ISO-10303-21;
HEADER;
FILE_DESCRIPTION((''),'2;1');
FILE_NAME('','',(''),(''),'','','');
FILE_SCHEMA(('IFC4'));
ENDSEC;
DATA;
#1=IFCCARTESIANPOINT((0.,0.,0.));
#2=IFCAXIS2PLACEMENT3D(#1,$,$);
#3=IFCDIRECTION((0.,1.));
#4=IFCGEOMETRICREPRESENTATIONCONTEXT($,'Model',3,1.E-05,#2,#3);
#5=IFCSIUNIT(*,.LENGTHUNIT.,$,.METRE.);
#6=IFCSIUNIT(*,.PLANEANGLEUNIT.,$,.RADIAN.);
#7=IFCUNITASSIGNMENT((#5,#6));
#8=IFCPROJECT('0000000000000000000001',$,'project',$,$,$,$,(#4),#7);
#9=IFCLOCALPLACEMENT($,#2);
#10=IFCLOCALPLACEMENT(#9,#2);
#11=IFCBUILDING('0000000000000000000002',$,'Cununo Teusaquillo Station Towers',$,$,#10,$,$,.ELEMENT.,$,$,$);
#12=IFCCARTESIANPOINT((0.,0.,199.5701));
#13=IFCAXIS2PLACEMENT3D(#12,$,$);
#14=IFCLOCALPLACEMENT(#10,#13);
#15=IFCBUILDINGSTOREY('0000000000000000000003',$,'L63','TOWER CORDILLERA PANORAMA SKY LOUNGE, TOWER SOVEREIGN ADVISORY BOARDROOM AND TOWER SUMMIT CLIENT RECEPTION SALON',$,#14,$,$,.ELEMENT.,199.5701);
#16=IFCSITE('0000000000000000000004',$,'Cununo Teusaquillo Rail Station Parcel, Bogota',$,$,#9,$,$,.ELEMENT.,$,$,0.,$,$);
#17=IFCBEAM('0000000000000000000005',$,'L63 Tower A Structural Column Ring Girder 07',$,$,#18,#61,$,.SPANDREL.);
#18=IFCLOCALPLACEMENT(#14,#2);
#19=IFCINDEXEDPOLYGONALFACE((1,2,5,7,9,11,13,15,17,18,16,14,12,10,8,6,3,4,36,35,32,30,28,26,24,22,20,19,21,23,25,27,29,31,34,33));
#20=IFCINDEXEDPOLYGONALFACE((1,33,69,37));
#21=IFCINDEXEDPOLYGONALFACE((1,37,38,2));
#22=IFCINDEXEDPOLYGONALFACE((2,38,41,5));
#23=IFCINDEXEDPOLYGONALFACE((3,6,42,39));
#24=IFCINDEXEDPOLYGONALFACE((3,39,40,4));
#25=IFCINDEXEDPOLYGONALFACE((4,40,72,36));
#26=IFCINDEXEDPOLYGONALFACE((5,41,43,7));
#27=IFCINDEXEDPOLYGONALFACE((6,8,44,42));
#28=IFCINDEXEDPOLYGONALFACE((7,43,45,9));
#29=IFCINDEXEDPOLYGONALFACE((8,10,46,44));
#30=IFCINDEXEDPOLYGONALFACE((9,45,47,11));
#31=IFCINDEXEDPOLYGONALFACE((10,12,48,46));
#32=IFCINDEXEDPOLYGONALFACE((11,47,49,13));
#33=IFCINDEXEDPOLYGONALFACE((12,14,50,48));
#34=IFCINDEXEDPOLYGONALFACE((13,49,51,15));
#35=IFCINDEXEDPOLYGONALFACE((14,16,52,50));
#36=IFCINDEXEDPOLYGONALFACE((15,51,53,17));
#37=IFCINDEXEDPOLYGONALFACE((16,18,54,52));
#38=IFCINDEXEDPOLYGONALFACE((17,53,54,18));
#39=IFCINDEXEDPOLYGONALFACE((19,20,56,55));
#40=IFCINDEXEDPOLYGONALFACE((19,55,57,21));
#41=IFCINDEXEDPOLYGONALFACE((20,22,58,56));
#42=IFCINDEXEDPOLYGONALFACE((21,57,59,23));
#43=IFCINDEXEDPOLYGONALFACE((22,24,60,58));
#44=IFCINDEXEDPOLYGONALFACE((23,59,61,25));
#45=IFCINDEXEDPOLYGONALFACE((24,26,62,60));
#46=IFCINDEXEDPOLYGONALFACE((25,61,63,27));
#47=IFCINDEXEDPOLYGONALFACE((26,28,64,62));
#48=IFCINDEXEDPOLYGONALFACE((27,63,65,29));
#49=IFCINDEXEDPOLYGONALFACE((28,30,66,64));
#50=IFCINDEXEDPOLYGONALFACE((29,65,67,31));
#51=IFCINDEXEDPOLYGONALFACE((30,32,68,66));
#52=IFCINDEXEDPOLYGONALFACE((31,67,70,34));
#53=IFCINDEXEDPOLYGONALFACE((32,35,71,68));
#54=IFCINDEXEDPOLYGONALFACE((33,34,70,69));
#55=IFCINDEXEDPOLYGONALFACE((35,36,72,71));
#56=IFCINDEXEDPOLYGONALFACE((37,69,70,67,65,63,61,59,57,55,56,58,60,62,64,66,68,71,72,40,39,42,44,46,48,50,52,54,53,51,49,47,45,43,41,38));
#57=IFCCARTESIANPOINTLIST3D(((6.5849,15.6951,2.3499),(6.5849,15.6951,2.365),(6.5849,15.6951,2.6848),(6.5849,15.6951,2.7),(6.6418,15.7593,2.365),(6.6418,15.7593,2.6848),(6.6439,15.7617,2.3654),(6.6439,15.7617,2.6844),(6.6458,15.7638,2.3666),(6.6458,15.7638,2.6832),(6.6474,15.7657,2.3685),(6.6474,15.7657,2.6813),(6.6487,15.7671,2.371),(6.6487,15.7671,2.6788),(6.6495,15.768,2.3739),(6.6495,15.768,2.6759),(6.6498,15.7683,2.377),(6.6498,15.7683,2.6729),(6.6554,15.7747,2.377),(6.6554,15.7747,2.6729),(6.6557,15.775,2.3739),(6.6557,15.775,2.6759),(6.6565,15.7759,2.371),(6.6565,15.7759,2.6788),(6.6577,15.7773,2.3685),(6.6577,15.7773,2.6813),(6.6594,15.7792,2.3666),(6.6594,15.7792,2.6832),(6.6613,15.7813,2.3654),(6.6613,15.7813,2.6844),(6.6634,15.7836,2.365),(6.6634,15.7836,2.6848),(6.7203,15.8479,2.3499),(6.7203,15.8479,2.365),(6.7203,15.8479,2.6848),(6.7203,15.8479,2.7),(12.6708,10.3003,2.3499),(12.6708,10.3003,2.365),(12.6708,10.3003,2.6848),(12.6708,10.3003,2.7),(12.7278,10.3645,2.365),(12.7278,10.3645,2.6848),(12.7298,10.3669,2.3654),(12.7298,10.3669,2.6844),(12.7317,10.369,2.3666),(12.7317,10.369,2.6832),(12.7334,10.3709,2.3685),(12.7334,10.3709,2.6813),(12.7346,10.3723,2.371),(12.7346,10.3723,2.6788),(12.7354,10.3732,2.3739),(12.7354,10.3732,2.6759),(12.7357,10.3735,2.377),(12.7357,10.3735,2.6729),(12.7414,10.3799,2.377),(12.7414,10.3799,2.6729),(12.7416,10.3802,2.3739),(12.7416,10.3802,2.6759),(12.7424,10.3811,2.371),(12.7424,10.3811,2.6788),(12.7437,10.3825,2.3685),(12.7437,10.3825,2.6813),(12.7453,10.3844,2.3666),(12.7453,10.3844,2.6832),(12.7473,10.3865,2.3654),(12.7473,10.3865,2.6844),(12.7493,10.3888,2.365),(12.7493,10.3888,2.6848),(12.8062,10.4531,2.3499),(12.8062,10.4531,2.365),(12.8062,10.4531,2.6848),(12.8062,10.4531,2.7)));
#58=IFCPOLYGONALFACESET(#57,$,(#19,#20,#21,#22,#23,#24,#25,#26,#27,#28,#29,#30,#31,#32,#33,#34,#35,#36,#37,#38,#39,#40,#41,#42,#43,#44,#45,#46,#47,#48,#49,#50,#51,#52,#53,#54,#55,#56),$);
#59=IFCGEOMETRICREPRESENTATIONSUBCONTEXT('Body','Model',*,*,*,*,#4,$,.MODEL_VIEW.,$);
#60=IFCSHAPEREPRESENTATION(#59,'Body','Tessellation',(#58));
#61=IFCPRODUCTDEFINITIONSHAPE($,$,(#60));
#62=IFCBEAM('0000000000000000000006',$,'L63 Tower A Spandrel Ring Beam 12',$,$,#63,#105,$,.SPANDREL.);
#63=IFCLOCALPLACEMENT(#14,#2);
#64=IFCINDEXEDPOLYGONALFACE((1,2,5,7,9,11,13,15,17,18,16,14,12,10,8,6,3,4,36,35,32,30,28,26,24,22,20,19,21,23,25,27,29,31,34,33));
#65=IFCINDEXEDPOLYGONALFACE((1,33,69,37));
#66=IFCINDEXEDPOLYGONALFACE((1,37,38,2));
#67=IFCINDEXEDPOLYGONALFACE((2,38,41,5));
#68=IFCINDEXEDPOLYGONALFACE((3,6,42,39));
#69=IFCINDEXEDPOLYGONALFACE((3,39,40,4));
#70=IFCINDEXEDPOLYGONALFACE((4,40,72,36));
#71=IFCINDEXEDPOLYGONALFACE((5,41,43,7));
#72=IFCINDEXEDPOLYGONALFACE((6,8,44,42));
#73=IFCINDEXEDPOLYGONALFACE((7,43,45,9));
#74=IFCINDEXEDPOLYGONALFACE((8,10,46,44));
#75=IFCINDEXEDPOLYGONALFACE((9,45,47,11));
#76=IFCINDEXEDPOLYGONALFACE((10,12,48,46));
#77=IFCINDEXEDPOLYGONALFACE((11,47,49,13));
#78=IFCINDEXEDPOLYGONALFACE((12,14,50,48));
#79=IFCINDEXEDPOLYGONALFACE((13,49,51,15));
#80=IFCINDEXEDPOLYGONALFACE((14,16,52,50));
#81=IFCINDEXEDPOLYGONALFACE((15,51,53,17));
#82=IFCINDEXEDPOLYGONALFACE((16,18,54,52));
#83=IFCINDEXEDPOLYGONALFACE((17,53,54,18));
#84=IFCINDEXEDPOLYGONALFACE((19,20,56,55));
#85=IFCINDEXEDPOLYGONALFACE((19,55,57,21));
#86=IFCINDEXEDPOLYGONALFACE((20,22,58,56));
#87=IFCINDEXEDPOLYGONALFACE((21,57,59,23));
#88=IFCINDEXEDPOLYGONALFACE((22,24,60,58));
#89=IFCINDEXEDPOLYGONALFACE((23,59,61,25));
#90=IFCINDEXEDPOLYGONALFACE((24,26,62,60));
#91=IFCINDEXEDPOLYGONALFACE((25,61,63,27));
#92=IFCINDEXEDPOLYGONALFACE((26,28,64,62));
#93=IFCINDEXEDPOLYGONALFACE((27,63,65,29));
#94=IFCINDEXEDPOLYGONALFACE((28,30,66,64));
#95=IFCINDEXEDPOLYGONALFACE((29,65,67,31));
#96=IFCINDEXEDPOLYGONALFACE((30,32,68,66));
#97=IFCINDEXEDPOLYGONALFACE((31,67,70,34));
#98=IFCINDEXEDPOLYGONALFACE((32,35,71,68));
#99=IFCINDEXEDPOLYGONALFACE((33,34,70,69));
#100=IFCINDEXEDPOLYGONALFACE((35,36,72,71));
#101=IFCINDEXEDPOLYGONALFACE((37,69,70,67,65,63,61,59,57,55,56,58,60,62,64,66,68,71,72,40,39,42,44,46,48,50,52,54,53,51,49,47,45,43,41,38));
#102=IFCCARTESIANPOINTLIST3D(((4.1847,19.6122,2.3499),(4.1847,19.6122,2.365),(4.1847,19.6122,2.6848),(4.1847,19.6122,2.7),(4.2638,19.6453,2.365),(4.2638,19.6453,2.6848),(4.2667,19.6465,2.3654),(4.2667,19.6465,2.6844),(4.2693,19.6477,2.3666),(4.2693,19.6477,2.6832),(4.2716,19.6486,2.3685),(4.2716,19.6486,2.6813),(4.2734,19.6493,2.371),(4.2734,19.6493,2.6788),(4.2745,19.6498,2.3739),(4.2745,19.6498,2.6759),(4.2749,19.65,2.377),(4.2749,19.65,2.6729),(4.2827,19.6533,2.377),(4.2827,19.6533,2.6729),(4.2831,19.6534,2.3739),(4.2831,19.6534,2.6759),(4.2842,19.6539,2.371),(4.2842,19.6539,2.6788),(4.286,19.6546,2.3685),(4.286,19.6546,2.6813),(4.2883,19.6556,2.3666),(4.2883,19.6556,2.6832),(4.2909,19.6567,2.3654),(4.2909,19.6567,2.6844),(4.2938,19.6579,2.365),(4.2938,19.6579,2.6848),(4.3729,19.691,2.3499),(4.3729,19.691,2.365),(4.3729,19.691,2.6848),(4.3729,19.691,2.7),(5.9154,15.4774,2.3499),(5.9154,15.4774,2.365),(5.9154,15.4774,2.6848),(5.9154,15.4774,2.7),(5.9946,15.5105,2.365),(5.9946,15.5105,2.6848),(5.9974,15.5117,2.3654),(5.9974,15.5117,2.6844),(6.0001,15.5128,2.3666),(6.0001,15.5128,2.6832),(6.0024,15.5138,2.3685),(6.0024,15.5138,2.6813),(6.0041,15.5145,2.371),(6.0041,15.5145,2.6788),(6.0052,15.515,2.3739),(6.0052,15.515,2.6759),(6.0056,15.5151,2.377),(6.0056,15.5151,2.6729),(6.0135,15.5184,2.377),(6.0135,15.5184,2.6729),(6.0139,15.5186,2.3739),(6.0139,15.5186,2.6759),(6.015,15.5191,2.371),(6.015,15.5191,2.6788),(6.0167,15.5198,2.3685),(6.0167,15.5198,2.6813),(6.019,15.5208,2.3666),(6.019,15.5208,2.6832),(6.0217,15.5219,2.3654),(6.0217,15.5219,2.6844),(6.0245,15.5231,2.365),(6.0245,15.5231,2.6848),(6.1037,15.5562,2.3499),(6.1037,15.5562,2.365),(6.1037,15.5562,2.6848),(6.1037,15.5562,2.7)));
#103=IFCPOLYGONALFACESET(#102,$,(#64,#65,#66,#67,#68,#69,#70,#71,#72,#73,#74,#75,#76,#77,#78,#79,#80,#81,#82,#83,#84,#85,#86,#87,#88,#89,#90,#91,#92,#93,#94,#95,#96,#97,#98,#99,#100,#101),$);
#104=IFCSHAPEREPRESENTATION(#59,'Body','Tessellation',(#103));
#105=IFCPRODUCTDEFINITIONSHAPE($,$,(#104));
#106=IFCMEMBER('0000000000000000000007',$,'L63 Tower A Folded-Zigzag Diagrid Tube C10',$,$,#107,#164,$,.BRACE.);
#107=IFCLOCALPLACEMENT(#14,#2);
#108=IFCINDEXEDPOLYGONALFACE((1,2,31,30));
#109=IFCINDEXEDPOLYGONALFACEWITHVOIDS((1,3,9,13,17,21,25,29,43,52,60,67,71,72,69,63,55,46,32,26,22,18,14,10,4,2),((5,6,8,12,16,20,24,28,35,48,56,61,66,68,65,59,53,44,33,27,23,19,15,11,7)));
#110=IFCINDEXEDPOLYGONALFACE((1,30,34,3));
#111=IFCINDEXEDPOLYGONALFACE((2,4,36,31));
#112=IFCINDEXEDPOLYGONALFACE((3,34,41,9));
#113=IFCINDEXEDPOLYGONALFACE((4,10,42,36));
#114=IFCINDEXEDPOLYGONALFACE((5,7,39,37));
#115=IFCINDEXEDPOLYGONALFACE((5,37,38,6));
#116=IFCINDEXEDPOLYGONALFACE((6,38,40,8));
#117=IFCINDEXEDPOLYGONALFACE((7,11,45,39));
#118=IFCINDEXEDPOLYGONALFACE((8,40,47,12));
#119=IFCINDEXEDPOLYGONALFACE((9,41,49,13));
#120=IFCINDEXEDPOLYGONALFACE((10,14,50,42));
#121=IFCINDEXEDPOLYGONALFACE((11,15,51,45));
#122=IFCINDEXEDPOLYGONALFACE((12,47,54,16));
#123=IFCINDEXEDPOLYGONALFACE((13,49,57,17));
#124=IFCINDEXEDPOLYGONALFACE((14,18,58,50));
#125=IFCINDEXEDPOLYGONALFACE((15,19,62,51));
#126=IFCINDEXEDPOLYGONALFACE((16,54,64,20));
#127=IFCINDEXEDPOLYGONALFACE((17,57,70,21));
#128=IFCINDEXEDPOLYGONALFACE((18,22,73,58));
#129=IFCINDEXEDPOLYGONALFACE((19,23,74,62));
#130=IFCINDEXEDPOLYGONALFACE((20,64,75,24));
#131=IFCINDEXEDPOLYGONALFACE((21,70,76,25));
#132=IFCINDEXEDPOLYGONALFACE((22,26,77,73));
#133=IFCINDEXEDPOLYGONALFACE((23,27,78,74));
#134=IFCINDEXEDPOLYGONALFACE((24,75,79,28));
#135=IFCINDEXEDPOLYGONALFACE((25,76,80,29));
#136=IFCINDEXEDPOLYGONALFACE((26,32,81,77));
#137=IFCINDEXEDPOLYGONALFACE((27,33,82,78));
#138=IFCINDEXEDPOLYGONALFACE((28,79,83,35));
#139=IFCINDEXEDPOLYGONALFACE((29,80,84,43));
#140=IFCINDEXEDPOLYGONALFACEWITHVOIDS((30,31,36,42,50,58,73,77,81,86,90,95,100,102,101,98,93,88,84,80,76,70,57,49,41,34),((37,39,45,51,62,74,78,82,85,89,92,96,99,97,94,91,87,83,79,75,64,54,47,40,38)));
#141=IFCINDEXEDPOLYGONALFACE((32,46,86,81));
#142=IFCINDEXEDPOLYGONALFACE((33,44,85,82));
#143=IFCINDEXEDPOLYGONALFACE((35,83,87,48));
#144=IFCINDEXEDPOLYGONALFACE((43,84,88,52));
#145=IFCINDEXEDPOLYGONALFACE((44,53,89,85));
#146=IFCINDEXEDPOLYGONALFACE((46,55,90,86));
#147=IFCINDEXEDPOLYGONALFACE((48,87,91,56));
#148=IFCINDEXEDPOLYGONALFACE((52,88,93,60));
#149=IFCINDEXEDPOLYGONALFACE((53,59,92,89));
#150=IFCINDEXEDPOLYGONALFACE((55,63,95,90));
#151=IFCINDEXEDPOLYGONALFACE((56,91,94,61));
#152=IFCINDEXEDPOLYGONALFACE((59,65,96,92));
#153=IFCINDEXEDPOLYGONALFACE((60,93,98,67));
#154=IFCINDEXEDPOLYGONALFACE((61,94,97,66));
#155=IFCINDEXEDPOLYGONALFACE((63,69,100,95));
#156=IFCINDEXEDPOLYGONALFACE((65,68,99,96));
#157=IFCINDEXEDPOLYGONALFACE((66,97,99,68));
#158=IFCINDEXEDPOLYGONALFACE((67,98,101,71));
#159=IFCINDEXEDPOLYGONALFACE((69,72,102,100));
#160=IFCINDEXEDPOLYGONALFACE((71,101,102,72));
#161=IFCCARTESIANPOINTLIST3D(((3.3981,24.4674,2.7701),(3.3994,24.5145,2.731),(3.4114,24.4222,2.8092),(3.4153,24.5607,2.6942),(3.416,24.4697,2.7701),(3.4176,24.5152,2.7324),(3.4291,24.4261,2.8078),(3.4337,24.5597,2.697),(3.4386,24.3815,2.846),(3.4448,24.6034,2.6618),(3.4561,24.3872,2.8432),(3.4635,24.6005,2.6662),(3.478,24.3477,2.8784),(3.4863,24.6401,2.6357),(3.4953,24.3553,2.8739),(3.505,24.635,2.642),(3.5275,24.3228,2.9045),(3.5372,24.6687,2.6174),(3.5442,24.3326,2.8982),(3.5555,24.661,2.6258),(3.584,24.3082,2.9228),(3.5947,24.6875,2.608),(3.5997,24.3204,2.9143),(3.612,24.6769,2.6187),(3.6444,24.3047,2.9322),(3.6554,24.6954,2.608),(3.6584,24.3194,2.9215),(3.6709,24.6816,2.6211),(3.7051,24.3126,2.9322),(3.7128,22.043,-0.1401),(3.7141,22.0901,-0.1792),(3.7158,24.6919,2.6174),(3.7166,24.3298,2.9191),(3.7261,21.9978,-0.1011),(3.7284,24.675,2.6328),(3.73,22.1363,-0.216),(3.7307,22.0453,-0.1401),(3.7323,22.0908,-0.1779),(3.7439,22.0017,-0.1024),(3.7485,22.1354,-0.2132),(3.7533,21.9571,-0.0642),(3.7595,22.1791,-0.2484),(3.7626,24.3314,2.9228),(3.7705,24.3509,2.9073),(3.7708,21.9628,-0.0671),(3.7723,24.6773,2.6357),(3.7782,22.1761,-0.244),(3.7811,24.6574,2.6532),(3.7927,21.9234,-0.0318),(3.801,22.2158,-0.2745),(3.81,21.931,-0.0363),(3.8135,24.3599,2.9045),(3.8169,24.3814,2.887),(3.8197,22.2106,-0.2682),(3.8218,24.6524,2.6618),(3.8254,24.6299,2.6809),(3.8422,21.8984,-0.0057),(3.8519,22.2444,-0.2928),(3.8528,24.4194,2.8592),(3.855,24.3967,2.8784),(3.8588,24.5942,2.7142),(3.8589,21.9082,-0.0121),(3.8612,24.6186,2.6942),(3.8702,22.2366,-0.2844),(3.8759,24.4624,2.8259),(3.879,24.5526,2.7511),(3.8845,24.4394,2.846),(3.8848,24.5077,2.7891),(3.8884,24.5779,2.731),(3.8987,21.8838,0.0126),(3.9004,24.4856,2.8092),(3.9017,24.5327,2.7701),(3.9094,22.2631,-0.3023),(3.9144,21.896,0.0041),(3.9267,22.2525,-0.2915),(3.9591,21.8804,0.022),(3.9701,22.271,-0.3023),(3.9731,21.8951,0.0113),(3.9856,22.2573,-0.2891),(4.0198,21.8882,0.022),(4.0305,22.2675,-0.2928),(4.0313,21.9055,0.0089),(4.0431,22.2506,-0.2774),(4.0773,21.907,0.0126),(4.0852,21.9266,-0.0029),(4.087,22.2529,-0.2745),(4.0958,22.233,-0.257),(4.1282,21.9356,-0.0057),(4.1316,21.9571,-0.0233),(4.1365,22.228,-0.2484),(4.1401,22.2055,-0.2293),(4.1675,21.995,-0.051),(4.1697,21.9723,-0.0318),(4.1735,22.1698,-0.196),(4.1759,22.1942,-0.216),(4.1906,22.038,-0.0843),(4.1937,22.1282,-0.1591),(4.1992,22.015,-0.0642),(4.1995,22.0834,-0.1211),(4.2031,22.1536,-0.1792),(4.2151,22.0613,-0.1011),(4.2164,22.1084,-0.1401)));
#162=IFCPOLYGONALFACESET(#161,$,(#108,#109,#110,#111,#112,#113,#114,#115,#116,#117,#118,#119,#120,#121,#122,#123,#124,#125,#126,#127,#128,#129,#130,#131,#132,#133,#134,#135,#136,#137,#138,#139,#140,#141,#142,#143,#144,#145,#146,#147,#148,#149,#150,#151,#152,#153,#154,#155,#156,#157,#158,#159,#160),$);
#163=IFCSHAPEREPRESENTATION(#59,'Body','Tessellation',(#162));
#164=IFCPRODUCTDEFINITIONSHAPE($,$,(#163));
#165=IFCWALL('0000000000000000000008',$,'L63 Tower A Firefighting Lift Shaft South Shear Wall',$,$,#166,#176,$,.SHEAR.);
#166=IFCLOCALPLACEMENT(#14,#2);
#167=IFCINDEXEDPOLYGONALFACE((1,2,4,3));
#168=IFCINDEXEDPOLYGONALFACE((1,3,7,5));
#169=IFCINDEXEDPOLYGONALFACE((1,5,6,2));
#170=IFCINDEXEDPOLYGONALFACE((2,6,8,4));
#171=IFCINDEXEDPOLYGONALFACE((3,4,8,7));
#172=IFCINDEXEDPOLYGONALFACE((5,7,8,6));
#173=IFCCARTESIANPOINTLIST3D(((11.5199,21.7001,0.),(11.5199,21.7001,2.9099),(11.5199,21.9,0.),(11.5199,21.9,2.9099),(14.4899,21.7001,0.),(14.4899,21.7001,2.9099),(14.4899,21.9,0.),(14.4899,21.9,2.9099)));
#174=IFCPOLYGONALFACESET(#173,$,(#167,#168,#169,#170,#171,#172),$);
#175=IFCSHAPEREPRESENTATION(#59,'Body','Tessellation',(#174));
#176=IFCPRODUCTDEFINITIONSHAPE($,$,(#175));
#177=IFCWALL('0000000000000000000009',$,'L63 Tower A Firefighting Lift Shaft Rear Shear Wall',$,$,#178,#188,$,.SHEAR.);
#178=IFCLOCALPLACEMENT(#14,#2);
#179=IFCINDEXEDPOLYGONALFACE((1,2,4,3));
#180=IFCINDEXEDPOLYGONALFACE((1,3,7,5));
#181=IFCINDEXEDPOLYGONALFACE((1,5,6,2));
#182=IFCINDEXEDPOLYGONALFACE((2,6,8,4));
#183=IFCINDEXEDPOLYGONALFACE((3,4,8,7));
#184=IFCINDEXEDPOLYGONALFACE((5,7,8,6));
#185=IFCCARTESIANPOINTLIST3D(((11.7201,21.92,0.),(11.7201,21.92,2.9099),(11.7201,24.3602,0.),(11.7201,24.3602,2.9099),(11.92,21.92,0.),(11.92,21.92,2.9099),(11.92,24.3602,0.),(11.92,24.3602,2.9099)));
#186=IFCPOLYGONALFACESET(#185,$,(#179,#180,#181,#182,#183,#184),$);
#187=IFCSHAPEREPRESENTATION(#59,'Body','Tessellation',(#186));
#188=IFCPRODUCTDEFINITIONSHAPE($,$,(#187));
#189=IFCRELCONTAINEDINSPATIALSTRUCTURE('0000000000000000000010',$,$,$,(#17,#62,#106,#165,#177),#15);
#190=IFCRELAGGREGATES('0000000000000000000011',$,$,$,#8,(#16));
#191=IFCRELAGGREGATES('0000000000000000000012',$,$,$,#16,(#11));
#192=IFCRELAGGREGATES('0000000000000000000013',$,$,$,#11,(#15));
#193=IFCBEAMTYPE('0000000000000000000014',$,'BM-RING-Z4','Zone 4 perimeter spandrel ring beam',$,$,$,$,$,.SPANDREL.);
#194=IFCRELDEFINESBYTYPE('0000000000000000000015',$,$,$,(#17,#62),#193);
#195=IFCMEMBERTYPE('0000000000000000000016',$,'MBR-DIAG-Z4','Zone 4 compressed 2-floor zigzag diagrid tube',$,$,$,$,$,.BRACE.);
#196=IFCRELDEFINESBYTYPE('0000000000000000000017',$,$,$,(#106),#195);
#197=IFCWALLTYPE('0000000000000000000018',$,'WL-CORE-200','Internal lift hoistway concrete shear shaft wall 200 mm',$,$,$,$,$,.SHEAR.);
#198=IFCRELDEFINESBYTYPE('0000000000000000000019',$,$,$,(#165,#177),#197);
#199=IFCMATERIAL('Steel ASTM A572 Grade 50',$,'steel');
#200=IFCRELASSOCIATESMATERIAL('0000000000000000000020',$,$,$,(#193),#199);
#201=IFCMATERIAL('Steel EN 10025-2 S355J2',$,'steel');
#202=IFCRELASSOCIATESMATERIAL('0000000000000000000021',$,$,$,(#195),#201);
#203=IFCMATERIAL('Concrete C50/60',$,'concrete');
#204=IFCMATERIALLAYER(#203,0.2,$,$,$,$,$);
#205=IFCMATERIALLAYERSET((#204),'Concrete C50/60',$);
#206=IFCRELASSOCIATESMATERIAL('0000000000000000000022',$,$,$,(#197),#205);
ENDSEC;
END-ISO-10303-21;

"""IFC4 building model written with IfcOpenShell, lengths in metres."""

from ifc_helpers import new_model, si_unit, direction, frame, frame_2d, origin, origin_2d, place, context, subcontext, project, spatial, rectangle, hollow_circle, i_section, extrude, material, layer, layer_set, material_profile, profile_set, type_object, element, save


model = new_model("IFC4")

# Units and contexts
model_context = context("Model", 3, precision=1e-05, world=origin(), true_north=direction((0.0, 1.0)))
body_context = subcontext(model_context, "Body", "Model", "MODEL_VIEW")
ifc_project = project(units=[si_unit("LENGTHUNIT", "METRE"), si_unit("PLANEANGLEUNIT", "RADIAN")], contexts=[model_context])

# Site, building, storey
site_placement = place(None, origin())
site = spatial("IfcSite", under=ifc_project, at=site_placement, Name="Cununo Teusaquillo Rail Station Parcel, Bogota", CompositionType="ELEMENT", RefElevation=0.0)
building_placement = place(site_placement, origin())
building = spatial("IfcBuilding", under=site, at=building_placement, Name="Cununo Teusaquillo Station Towers", CompositionType="ELEMENT")
storey_placement = place(building_placement, frame((0.0, 0.0, 199.5701)))
storey = spatial("IfcBuildingStorey", under=building, at=storey_placement, Name="L63", Description="TOWER CORDILLERA PANORAMA SKY LOUNGE, TOWER SOVEREIGN ADVISORY BOARDROOM AND TOWER SUMMIT CLIENT RECEPTION SALON", CompositionType="ELEMENT", Elevation=199.5701)

# Beams
ifc_material_1 = material(Name="Steel ASTM A572 Grade 50", Category="steel")
ifc_material_profile_1 = material_profile(ifc_material_1, i_section(OverallWidth=0.2041, OverallDepth=0.3501, WebThickness=0.0085, FlangeThickness=0.0151, FilletRadius=0.012, at=origin_2d()), Name="W14X48")
ifc_profile_set_1 = profile_set([ifc_material_profile_1], Name="Steel ASTM A572 Grade 50")
beam_type_1 = type_object("IfcBeamType", Name="BM-RING-Z4", Description="Zone 4 perimeter spandrel ring beam", PredefinedType="SPANDREL", material=ifc_profile_set_1)
beam_1_placement = place(storey_placement, frame((6.6526, 15.7715, 2.5249), z_axis=(0.748321, -0.663337, 0.0), x_axis=(0.663337, 0.748321, 0.0)))
element("IfcBeam", 1, at=beam_1_placement, inside=storey, type_object=beam_type_1, Name="L63 Tower A Structural Column Ring Girder 07", PredefinedType="SPANDREL", context=body_context, shape_type="SweptSolid", body=[
    extrude(i_section(OverallWidth=0.2041, OverallDepth=0.3501, WebThickness=0.0085, FlangeThickness=0.0151, FilletRadius=0.012, at=origin_2d()), origin(), (0.0, 0.0, 1.0), 8.1328),
])
beam_2_placement = place(storey_placement, frame((4.2788, 19.6516, 2.5249), z_axis=(0.386115, -0.92245, 0.0), x_axis=(0.92245, 0.386115, 0.0)))
element("IfcBeam", 2, at=beam_2_placement, inside=storey, type_object=beam_type_1, Name="L63 Tower A Spandrel Ring Beam 12", PredefinedType="SPANDREL", context=body_context, shape_type="SweptSolid", body=[
    extrude(i_section(OverallWidth=0.2041, OverallDepth=0.3501, WebThickness=0.0085, FlangeThickness=0.0151, FilletRadius=0.012, at=origin_2d()), origin(), (0.0, 0.0, 1.0), 4.4824),
])

# Member
ifc_material_2 = material(Name="Steel EN 10025-2 S355J2", Category="steel")
ifc_material_profile_2 = material_profile(ifc_material_2, hollow_circle(Radius=0.2539, WallThickness=0.0181, at=origin_2d()), Name="CHS 508x18")
ifc_profile_set_2 = profile_set([ifc_material_profile_2], Name="Steel EN 10025-2 S355J2")
member_type = type_object("IfcMemberType", Name="MBR-DIAG-Z4", Description="Zone 4 compressed 2-floor zigzag diagrid tube", PredefinedType="BRACE", material=ifc_profile_set_2)
member_placement = place(storey_placement, frame((3.9646, 22.0757, -0.1401), z_axis=(-0.0828, 0.63786, 0.765689), x_axis=(-0.99168, -0.128729, 0.0)))
element("IfcMember", 3, at=member_placement, inside=storey, type_object=member_type, Name="L63 Tower A Folded-Zigzag Diagrid Tube C10", PredefinedType="BRACE", context=body_context, shape_type="SweptSolid", body=[
    extrude(hollow_circle(Radius=0.2539, WallThickness=0.0181, at=origin_2d()), origin(), (0.0, 0.0, 1.0), 3.8008),
])

# Walls
ifc_material_3 = material(Name="Concrete C50/60", Category="concrete")
ifc_layer_1 = layer(ifc_material_3, 0.2)
ifc_layer_set_1 = layer_set([ifc_layer_1], Name="Concrete C50/60")
wall_type_1 = type_object("IfcWallType", Name="WL-CORE-200", Description="Internal lift hoistway concrete shear shaft wall 200 mm", PredefinedType="SHEAR", material=ifc_layer_set_1)
wall_1_placement = place(storey_placement, frame((11.52, 21.8, 0.0), z_axis=(0.0, 0.0, 1.0), x_axis=(1.0, 0.0, 0.0)))
element("IfcWall", 4, at=wall_1_placement, inside=storey, type_object=wall_type_1, Name="L63 Tower A Firefighting Lift Shaft South Shear Wall", PredefinedType="SHEAR", context=body_context, shape_type="SweptSolid", body=[
    extrude(rectangle(XDim=2.97, YDim=0.2, at=frame_2d((1.4849, 0.0))), origin(), (0.0, 0.0, 1.0), 2.9099),
])
wall_2_placement = place(storey_placement, frame((11.8201, 21.9199, 0.0), z_axis=(0.0, 0.0, 1.0), x_axis=(0.0, 1.0, 0.0)))
element("IfcWall", 5, at=wall_2_placement, inside=storey, type_object=wall_type_1, Name="L63 Tower A Firefighting Lift Shaft Rear Shear Wall", PredefinedType="SHEAR", context=body_context, shape_type="SweptSolid", body=[
    extrude(rectangle(XDim=2.4402, YDim=0.2, at=frame_2d((1.2202, 0.0))), origin(), (0.0, 0.0, 1.0), 2.9099),
])

save(model, "model.ifc")
